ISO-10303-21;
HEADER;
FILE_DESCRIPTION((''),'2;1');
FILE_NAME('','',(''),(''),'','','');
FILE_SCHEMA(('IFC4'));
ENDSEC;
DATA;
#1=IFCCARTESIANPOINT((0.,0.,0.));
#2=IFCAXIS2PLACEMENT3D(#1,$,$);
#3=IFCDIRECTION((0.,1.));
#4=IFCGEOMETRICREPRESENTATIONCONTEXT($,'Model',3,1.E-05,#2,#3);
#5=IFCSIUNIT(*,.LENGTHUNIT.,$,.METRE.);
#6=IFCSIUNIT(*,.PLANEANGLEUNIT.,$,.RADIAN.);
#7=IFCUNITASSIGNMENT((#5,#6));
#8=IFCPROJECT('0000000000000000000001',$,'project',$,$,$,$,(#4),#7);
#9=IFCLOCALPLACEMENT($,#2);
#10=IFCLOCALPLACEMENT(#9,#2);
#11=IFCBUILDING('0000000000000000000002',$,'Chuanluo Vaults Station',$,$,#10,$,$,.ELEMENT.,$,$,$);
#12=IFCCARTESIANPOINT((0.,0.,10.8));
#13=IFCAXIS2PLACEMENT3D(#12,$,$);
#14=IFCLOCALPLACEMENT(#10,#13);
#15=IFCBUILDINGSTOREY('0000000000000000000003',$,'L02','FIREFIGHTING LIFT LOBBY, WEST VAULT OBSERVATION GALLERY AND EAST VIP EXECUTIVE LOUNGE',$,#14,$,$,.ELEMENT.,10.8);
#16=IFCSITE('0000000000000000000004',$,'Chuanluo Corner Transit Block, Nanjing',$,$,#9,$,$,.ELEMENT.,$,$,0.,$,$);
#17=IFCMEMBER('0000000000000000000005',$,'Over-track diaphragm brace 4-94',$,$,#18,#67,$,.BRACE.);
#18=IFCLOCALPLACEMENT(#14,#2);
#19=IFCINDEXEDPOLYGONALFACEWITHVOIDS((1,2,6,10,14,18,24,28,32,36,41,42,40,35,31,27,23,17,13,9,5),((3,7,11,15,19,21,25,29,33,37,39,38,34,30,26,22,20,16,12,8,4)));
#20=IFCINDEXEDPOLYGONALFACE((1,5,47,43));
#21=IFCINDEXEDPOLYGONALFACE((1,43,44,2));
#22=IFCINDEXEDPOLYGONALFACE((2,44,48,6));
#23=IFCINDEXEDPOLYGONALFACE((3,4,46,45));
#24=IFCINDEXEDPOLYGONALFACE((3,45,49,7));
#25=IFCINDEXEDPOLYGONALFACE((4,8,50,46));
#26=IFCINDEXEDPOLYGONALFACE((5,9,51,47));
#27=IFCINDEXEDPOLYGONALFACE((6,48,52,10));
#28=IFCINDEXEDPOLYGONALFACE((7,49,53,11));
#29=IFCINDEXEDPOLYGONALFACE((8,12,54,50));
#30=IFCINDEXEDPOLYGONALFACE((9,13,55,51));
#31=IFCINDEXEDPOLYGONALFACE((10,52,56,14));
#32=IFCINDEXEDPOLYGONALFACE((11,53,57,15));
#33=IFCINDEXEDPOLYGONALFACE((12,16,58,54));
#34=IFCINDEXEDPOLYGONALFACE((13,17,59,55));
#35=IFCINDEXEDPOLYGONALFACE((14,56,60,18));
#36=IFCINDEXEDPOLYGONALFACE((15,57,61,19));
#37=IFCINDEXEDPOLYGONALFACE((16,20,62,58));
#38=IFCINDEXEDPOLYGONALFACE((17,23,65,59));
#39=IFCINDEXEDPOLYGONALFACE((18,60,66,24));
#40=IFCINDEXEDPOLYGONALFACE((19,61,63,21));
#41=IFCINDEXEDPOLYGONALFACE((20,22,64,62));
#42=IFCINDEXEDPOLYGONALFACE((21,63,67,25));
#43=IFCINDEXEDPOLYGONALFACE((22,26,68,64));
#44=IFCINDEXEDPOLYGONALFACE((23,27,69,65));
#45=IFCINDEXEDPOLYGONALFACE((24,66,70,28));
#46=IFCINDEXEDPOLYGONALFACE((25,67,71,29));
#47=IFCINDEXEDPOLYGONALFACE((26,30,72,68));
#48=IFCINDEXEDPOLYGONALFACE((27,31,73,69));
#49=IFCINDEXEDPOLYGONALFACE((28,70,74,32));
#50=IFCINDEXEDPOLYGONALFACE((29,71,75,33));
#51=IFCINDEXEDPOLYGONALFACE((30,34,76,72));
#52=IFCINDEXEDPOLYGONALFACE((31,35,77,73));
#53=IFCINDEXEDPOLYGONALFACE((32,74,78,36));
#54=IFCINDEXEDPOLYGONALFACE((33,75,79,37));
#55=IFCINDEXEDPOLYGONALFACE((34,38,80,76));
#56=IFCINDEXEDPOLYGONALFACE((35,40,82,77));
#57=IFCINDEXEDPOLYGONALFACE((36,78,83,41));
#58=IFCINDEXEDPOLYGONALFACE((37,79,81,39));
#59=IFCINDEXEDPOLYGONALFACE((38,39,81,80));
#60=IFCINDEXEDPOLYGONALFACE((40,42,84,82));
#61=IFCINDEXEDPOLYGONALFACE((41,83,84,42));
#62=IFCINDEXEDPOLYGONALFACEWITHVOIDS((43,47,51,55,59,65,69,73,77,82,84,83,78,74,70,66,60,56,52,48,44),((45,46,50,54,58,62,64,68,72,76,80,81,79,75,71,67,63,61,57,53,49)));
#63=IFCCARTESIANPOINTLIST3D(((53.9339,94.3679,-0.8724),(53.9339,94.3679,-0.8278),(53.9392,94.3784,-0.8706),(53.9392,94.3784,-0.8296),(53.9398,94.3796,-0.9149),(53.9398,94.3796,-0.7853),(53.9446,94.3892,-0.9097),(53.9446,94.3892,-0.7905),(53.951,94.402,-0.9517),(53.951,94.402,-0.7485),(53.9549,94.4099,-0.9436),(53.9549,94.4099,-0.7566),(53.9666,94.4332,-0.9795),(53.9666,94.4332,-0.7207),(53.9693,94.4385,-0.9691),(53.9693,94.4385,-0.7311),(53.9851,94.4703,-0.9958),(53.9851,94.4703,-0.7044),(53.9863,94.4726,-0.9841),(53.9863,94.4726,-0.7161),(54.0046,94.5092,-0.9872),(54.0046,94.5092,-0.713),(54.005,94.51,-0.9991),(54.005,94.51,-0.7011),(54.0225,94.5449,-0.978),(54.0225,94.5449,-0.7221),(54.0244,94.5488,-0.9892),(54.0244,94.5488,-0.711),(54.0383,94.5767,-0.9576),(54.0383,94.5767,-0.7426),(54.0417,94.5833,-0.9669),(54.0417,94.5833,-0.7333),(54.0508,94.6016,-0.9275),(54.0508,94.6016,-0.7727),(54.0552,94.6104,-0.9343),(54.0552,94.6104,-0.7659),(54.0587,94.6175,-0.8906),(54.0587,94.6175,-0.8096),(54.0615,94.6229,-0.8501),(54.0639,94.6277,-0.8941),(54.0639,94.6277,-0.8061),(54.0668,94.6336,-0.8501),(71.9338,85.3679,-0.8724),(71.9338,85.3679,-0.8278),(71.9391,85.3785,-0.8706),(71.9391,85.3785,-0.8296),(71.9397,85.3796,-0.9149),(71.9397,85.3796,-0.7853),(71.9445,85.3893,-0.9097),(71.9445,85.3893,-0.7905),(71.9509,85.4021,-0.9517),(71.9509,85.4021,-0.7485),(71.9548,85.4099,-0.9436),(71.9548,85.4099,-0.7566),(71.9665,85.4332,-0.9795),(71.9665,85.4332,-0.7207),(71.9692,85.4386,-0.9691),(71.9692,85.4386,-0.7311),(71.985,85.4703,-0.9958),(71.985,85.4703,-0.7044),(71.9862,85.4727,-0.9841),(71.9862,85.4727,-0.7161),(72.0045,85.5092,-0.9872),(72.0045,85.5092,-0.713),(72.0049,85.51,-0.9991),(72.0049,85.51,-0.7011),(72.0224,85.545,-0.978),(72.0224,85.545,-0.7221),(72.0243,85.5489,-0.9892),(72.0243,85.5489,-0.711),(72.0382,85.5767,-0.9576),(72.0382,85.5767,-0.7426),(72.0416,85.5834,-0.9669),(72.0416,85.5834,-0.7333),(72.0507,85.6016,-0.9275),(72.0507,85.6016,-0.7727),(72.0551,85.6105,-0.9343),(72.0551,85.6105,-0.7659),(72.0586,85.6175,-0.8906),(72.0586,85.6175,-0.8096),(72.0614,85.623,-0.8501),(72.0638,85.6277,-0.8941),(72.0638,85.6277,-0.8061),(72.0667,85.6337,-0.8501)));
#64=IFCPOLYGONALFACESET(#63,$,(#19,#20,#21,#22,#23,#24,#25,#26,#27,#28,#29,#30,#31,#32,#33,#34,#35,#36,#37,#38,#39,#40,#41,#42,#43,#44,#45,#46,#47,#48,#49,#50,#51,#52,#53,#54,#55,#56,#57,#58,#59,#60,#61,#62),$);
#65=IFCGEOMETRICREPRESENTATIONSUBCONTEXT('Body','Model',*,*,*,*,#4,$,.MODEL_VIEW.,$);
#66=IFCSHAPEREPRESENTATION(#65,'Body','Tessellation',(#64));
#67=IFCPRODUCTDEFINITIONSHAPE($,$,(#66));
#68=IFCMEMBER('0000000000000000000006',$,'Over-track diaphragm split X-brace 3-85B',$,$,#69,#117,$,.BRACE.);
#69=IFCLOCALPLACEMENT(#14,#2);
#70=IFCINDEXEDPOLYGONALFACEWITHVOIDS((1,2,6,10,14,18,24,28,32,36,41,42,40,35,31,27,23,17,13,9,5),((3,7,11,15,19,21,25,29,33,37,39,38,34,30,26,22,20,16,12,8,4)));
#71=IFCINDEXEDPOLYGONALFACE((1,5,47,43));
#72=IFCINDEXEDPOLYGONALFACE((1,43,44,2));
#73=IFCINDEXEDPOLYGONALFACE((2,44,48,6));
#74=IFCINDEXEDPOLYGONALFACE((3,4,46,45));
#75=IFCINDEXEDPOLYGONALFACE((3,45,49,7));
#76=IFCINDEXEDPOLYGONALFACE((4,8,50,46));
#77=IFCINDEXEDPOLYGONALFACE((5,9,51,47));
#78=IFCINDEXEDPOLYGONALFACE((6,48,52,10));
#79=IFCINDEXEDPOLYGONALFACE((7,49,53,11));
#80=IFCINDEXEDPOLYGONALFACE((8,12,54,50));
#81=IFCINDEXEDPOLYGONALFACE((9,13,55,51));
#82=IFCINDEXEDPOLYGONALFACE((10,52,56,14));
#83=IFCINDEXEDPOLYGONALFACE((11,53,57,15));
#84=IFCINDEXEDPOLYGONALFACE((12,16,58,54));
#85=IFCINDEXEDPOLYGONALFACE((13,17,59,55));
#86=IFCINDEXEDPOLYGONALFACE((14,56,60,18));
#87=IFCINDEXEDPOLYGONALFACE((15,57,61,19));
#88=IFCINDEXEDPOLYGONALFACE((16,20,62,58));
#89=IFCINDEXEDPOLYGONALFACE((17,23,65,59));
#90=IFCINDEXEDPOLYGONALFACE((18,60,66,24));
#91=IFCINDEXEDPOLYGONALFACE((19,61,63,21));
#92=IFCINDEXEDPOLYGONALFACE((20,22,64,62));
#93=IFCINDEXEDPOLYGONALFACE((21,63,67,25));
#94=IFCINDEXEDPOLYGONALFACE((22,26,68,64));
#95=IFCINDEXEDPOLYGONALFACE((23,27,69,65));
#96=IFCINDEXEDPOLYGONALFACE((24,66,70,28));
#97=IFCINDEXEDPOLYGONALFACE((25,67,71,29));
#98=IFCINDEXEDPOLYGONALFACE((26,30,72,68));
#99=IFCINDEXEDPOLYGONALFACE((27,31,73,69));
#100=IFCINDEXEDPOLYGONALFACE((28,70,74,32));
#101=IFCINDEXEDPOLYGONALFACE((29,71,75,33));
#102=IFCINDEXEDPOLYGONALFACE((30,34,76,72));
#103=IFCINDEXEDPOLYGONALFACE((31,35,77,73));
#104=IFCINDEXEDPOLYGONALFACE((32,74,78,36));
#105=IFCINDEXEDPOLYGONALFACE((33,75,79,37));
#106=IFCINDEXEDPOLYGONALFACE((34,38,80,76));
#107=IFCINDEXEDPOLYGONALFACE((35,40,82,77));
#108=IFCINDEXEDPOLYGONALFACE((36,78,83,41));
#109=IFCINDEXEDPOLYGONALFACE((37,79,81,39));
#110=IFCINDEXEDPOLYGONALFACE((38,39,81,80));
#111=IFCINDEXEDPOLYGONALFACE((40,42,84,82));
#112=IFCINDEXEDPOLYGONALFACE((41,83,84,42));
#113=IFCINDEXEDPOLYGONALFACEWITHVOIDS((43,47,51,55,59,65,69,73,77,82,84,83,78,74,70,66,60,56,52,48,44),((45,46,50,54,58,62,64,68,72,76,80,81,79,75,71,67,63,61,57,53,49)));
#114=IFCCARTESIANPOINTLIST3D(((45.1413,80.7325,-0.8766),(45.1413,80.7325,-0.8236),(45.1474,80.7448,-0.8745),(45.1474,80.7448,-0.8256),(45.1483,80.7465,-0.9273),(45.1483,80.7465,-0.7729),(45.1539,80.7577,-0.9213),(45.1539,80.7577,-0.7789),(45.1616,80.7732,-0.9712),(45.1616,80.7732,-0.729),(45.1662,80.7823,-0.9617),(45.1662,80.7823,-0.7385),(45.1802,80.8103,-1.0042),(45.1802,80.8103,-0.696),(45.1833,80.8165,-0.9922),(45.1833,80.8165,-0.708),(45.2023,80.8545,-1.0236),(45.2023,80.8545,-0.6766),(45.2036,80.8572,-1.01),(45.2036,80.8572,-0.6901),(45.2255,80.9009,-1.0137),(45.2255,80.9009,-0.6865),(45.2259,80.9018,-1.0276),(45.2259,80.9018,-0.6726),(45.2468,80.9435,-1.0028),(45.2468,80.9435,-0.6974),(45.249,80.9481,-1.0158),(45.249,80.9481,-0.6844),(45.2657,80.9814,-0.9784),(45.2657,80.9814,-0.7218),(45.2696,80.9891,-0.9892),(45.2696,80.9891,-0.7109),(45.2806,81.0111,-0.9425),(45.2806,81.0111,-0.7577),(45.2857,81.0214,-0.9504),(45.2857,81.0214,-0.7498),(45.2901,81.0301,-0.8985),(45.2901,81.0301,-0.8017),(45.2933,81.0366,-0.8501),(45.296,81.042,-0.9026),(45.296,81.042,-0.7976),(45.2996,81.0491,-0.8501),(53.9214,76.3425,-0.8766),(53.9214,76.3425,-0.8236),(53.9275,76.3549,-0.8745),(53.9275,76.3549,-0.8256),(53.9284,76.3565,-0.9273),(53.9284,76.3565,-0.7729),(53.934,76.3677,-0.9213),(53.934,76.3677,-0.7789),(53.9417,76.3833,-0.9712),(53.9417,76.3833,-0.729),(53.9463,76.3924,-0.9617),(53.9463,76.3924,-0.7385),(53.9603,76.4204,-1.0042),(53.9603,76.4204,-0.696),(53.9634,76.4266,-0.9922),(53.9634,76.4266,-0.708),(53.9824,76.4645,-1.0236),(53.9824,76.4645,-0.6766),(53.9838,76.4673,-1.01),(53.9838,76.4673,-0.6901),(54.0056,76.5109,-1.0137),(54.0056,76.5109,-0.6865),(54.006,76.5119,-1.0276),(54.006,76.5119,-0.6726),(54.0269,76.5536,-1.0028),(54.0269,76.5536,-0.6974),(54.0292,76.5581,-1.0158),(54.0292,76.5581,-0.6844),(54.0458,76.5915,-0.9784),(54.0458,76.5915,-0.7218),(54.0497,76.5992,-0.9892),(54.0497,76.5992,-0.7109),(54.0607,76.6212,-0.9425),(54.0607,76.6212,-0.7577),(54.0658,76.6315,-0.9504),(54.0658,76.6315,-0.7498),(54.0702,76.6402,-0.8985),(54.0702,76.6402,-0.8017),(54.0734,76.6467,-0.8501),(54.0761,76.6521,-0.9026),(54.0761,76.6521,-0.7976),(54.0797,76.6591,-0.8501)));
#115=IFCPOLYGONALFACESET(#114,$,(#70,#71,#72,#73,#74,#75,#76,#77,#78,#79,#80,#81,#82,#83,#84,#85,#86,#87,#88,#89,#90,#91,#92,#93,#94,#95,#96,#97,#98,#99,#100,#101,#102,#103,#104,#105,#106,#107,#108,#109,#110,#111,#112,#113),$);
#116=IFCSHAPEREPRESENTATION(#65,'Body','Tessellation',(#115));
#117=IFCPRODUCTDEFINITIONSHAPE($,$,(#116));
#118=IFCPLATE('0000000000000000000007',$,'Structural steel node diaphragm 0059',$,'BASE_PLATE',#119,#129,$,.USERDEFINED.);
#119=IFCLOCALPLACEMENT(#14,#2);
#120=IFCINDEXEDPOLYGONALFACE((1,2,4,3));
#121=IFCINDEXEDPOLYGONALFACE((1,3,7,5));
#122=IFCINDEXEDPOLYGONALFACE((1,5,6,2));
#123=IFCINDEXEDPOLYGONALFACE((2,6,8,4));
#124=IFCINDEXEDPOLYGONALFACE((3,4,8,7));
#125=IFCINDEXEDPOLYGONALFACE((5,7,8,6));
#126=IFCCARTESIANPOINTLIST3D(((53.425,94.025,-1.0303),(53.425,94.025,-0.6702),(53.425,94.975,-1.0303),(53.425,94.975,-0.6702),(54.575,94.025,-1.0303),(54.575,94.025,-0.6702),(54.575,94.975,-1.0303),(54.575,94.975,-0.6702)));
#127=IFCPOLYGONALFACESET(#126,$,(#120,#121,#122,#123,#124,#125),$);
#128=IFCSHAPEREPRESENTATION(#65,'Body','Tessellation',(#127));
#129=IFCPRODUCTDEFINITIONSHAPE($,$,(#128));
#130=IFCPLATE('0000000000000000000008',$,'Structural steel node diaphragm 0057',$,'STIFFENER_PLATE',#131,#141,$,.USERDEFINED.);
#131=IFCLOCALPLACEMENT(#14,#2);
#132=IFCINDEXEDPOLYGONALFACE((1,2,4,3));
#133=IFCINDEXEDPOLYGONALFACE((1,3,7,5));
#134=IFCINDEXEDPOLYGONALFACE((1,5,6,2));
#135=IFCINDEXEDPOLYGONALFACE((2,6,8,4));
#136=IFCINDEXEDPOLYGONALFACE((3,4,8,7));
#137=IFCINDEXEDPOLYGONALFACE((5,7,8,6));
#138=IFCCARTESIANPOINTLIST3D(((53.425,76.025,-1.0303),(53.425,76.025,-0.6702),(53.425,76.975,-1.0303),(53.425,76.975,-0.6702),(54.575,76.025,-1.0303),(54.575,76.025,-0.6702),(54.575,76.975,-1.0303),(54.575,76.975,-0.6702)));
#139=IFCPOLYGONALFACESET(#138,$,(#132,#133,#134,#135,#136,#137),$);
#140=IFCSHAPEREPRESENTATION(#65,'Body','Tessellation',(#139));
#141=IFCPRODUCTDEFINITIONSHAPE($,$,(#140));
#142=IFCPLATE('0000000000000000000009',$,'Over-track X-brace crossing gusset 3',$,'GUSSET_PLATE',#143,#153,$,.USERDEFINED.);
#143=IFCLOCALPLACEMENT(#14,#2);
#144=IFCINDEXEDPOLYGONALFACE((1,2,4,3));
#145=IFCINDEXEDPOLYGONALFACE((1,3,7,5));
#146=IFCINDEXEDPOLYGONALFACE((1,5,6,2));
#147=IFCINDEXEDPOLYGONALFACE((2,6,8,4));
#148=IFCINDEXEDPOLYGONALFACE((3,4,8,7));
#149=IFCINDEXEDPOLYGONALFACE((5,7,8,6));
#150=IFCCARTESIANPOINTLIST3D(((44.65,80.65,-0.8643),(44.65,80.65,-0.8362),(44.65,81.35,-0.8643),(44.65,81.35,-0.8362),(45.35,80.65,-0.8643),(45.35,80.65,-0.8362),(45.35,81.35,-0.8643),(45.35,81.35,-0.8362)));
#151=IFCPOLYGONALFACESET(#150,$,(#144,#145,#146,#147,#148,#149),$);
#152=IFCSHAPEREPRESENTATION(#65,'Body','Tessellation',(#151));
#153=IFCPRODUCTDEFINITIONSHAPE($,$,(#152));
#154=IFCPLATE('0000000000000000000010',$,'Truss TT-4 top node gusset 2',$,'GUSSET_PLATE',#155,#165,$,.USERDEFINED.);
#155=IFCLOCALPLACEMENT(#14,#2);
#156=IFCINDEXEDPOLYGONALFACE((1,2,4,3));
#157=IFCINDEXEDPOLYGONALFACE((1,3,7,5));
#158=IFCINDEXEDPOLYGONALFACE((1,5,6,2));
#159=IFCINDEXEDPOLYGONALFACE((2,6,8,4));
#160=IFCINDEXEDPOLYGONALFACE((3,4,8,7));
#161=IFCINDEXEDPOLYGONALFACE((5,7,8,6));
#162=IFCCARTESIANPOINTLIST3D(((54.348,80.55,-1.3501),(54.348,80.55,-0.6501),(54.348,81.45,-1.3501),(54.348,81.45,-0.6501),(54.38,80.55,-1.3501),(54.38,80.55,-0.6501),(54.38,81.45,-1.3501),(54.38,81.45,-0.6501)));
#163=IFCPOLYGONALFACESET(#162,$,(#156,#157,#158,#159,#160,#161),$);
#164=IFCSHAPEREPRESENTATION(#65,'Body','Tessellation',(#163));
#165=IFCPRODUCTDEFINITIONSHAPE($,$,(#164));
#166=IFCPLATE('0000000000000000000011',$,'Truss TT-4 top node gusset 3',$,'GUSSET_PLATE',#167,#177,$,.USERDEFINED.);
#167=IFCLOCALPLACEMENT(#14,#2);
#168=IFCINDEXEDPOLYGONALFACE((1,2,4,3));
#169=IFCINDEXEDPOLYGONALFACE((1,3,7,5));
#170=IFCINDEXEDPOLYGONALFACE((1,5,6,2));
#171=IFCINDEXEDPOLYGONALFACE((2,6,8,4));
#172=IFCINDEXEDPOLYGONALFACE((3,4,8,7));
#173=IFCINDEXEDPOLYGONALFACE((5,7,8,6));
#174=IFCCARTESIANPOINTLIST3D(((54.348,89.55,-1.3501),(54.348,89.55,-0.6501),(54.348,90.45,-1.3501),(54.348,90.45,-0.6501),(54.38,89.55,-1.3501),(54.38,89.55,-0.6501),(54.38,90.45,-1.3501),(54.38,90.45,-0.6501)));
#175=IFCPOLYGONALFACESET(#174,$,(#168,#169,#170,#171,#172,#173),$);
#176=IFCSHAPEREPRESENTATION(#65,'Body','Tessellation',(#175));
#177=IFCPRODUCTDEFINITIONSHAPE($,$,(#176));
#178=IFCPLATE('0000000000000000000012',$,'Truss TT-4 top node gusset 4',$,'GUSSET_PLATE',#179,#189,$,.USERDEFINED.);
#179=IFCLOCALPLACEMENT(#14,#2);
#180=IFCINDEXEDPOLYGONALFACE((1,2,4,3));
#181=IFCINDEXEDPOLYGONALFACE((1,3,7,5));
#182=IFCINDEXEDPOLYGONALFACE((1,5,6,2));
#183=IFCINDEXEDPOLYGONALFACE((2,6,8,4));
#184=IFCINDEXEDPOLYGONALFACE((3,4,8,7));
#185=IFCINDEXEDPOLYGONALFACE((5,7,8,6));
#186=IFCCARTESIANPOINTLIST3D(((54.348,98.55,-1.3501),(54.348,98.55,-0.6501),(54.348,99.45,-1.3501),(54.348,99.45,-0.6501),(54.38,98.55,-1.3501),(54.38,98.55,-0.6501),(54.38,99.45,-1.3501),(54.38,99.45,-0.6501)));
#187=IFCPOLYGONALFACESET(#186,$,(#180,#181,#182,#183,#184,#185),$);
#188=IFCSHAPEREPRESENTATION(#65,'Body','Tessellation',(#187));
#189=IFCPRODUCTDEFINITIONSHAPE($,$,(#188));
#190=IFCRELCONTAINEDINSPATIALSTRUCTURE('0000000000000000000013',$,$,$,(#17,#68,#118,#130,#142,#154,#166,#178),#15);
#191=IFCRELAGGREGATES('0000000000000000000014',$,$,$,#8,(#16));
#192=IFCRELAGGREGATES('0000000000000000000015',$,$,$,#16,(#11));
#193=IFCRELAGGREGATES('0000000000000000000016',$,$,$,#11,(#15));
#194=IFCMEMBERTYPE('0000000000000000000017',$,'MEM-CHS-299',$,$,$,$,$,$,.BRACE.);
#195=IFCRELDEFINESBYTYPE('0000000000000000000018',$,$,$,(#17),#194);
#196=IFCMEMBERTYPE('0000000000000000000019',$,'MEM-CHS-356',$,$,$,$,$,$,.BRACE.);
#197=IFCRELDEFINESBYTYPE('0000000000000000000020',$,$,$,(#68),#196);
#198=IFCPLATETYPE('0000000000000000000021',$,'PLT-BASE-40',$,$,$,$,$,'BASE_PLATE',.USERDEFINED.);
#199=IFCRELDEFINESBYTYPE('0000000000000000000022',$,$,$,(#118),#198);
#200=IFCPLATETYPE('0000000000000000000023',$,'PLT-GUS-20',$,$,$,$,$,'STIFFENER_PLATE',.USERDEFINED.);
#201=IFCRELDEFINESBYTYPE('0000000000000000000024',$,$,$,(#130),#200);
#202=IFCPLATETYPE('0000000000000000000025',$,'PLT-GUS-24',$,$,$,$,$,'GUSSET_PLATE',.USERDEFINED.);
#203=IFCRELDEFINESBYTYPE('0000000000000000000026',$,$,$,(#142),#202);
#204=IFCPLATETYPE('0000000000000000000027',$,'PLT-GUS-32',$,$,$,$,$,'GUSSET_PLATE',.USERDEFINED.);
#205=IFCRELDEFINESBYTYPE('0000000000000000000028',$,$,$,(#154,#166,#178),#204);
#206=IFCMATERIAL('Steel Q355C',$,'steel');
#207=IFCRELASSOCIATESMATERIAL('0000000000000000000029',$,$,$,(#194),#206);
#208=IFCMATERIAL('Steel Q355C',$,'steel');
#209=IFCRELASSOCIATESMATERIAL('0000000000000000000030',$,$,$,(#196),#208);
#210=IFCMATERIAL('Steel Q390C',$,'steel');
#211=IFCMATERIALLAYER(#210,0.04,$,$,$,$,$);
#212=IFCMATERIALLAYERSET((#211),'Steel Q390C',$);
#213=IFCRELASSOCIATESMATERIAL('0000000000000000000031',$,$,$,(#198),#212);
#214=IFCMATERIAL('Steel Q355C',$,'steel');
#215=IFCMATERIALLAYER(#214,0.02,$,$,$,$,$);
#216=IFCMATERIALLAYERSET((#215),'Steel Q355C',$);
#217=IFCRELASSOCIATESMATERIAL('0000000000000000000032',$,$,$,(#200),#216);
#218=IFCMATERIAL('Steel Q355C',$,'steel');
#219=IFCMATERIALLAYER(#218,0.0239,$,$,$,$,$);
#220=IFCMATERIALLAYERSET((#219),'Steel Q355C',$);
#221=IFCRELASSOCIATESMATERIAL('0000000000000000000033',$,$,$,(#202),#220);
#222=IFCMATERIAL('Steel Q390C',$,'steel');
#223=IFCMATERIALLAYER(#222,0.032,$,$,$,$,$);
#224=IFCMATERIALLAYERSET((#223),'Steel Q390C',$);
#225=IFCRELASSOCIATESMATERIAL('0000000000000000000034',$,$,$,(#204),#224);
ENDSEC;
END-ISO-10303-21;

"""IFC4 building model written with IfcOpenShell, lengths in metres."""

from ifc_helpers import new_model, si_unit, direction, frame, origin, origin_2d, place, context, subcontext, project, spatial, rectangle, hollow_circle, extrude, material, layer, layer_set, material_profile, profile_set, type_object, element, save


model = new_model("IFC4")

# Units and contexts
model_context = context("Model", 3, precision=1e-05, world=origin(), true_north=direction((0.0, 1.0)))
body_context = subcontext(model_context, "Body", "Model", "MODEL_VIEW")
ifc_project = project(units=[si_unit("LENGTHUNIT", "METRE"), si_unit("PLANEANGLEUNIT", "RADIAN")], contexts=[model_context])

# Site, building, storey
site_placement = place(None, origin())
site = spatial("IfcSite", under=ifc_project, at=site_placement, Name="Chuanluo Corner Transit Block, Nanjing", CompositionType="ELEMENT", RefElevation=0.0)
building_placement = place(site_placement, origin())
building = spatial("IfcBuilding", under=site, at=building_placement, Name="Chuanluo Vaults Station", CompositionType="ELEMENT")
storey_placement = place(building_placement, frame((0.0, 0.0, 10.8)))
storey = spatial("IfcBuildingStorey", under=building, at=storey_placement, Name="L02", Description="FIREFIGHTING LIFT LOBBY, WEST VAULT OBSERVATION GALLERY AND EAST VIP EXECUTIVE LOUNGE", CompositionType="ELEMENT", Elevation=10.8)

# Members
ifc_material_1 = material(Name="Steel Q355C", Category="steel")
ifc_material_profile_1 = material_profile(ifc_material_1, hollow_circle(Radius=0.1494, WallThickness=0.012, at=origin_2d()))
ifc_profile_set_1 = profile_set([ifc_material_profile_1], Name="Steel Q355C")
member_type_1 = type_object("IfcMemberType", Name="MEM-CHS-299", PredefinedType="BRACE", material=ifc_profile_set_1)
member_1_placement = place(storey_placement, frame((54.0, 94.5, -0.8501), z_axis=(0.894427, -0.447214, 0.0), x_axis=(0.447214, 0.894427, 0.0)))
element("IfcMember", 1, at=member_1_placement, inside=storey, type_object=member_type_1, Name="Over-track diaphragm brace 4-94", PredefinedType="BRACE", context=body_context, shape_type="SweptSolid", body=[
    extrude(hollow_circle(Radius=0.1494, WallThickness=0.012, at=origin_2d()), origin(), (0.0, 0.0, 1.0), 20.1245),
])
ifc_material_2 = material(Name="Steel Q355C", Category="steel")
ifc_material_profile_2 = material_profile(ifc_material_2, hollow_circle(Radius=0.178, WallThickness=0.0139, at=origin_2d()))
ifc_profile_set_2 = profile_set([ifc_material_profile_2], Name="Steel Q355C")
member_type_2 = type_object("IfcMemberType", Name="MEM-CHS-356", PredefinedType="BRACE", material=ifc_profile_set_2)
member_2_placement = place(storey_placement, frame((45.22, 80.8899, -0.8501), z_axis=(0.894432, -0.447204, 0.0), x_axis=(0.447204, 0.894432, 0.0)))
element("IfcMember", 2, at=member_2_placement, inside=storey, type_object=member_type_2, Name="Over-track diaphragm split X-brace 3-85B", PredefinedType="BRACE", context=body_context, shape_type="SweptSolid", body=[
    extrude(hollow_circle(Radius=0.178, WallThickness=0.0139, at=origin_2d()), origin(), (0.0, 0.0, 1.0), 9.8164),
])

# Plates
ifc_material_3 = material(Name="Steel Q390C", Category="steel")
ifc_layer_1 = layer(ifc_material_3, 0.04)
ifc_layer_set_1 = layer_set([ifc_layer_1], Name="Steel Q390C")
plate_type_1 = type_object("IfcPlateType", Name="PLT-BASE-40", ElementType="BASE_PLATE", PredefinedType="USERDEFINED", material=ifc_layer_set_1)
plate_1_placement = place(storey_placement, frame((54.0, 94.5, -1.0303), z_axis=(0.0, 0.0, 1.0), x_axis=(1.0, 0.0, 0.0)))
element("IfcPlate", 3, at=plate_1_placement, inside=storey, type_object=plate_type_1, Name="Structural steel node diaphragm 0059", ObjectType="BASE_PLATE", PredefinedType="USERDEFINED", context=body_context, shape_type="SweptSolid", body=[
    extrude(rectangle(XDim=1.1499, YDim=0.95, at=origin_2d()), origin(), (0.0, 0.0, 1.0), 0.3601),
])
ifc_material_4 = material(Name="Steel Q355C", Category="steel")
ifc_layer_2 = layer(ifc_material_4, 0.02)
ifc_layer_set_2 = layer_set([ifc_layer_2], Name="Steel Q355C")
plate_type_2 = type_object("IfcPlateType", Name="PLT-GUS-20", ElementType="STIFFENER_PLATE", PredefinedType="USERDEFINED", material=ifc_layer_set_2)
plate_2_placement = place(storey_placement, frame((54.0, 76.5, -1.0303), z_axis=(0.0, 0.0, 1.0), x_axis=(1.0, 0.0, 0.0)))
element("IfcPlate", 4, at=plate_2_placement, inside=storey, type_object=plate_type_2, Name="Structural steel node diaphragm 0057", ObjectType="STIFFENER_PLATE", PredefinedType="USERDEFINED", context=body_context, shape_type="SweptSolid", body=[
    extrude(rectangle(XDim=1.1499, YDim=0.95, at=origin_2d()), origin(), (0.0, 0.0, 1.0), 0.3601),
])
ifc_material_5 = material(Name="Steel Q355C", Category="steel")
ifc_layer_3 = layer(ifc_material_5, 0.0239)
ifc_layer_set_3 = layer_set([ifc_layer_3], Name="Steel Q355C")
plate_type_3 = type_object("IfcPlateType", Name="PLT-GUS-24", ElementType="GUSSET_PLATE", PredefinedType="USERDEFINED", material=ifc_layer_set_3)
plate_3_placement = place(storey_placement, frame((45.0, 81.0, -0.8643), z_axis=(0.0, 0.0, 1.0), x_axis=(1.0, 0.0, 0.0)))
element("IfcPlate", 5, at=plate_3_placement, inside=storey, type_object=plate_type_3, Name="Over-track X-brace crossing gusset 3", ObjectType="GUSSET_PLATE", PredefinedType="USERDEFINED", context=body_context, shape_type="SweptSolid", body=[
    extrude(rectangle(XDim=0.7, YDim=0.7, at=origin_2d()), origin(), (0.0, 0.0, 1.0), 0.0281),
])
ifc_material_6 = material(Name="Steel Q390C", Category="steel")
ifc_layer_4 = layer(ifc_material_6, 0.032)
ifc_layer_set_4 = layer_set([ifc_layer_4], Name="Steel Q390C")
plate_type_4 = type_object("IfcPlateType", Name="PLT-GUS-32", ElementType="GUSSET_PLATE", PredefinedType="USERDEFINED", material=ifc_layer_set_4)
for number, where, z_axis, x_axis, name in (
    (6, (54.364, 81.0, -1.3501), (0.0, 0.0, 1.0), (1.0, 0.0, 0.0), "Truss TT-4 top node gusset 2"),
    (7, (54.364, 90.0, -1.3501), (0.0, 0.0, 1.0), (1.0, 0.0, 0.0), "Truss TT-4 top node gusset 3"),
    (8, (54.364, 99.0, -1.3501), (0.0, 0.0, 1.0), (1.0, 0.0, 0.0), "Truss TT-4 top node gusset 4"),
):
    element("IfcPlate", number, at=place(storey_placement, frame(where, z_axis=z_axis, x_axis=x_axis)), inside=storey, type_object=plate_type_4, Name=name, ObjectType="GUSSET_PLATE", PredefinedType="USERDEFINED", context=body_context, shape_type="SweptSolid", body=[
        extrude(rectangle(XDim=0.032, YDim=0.8999, at=origin_2d()), origin(), (0.0, 0.0, 1.0), 0.7),
    ])

save(model, "model.ifc")
